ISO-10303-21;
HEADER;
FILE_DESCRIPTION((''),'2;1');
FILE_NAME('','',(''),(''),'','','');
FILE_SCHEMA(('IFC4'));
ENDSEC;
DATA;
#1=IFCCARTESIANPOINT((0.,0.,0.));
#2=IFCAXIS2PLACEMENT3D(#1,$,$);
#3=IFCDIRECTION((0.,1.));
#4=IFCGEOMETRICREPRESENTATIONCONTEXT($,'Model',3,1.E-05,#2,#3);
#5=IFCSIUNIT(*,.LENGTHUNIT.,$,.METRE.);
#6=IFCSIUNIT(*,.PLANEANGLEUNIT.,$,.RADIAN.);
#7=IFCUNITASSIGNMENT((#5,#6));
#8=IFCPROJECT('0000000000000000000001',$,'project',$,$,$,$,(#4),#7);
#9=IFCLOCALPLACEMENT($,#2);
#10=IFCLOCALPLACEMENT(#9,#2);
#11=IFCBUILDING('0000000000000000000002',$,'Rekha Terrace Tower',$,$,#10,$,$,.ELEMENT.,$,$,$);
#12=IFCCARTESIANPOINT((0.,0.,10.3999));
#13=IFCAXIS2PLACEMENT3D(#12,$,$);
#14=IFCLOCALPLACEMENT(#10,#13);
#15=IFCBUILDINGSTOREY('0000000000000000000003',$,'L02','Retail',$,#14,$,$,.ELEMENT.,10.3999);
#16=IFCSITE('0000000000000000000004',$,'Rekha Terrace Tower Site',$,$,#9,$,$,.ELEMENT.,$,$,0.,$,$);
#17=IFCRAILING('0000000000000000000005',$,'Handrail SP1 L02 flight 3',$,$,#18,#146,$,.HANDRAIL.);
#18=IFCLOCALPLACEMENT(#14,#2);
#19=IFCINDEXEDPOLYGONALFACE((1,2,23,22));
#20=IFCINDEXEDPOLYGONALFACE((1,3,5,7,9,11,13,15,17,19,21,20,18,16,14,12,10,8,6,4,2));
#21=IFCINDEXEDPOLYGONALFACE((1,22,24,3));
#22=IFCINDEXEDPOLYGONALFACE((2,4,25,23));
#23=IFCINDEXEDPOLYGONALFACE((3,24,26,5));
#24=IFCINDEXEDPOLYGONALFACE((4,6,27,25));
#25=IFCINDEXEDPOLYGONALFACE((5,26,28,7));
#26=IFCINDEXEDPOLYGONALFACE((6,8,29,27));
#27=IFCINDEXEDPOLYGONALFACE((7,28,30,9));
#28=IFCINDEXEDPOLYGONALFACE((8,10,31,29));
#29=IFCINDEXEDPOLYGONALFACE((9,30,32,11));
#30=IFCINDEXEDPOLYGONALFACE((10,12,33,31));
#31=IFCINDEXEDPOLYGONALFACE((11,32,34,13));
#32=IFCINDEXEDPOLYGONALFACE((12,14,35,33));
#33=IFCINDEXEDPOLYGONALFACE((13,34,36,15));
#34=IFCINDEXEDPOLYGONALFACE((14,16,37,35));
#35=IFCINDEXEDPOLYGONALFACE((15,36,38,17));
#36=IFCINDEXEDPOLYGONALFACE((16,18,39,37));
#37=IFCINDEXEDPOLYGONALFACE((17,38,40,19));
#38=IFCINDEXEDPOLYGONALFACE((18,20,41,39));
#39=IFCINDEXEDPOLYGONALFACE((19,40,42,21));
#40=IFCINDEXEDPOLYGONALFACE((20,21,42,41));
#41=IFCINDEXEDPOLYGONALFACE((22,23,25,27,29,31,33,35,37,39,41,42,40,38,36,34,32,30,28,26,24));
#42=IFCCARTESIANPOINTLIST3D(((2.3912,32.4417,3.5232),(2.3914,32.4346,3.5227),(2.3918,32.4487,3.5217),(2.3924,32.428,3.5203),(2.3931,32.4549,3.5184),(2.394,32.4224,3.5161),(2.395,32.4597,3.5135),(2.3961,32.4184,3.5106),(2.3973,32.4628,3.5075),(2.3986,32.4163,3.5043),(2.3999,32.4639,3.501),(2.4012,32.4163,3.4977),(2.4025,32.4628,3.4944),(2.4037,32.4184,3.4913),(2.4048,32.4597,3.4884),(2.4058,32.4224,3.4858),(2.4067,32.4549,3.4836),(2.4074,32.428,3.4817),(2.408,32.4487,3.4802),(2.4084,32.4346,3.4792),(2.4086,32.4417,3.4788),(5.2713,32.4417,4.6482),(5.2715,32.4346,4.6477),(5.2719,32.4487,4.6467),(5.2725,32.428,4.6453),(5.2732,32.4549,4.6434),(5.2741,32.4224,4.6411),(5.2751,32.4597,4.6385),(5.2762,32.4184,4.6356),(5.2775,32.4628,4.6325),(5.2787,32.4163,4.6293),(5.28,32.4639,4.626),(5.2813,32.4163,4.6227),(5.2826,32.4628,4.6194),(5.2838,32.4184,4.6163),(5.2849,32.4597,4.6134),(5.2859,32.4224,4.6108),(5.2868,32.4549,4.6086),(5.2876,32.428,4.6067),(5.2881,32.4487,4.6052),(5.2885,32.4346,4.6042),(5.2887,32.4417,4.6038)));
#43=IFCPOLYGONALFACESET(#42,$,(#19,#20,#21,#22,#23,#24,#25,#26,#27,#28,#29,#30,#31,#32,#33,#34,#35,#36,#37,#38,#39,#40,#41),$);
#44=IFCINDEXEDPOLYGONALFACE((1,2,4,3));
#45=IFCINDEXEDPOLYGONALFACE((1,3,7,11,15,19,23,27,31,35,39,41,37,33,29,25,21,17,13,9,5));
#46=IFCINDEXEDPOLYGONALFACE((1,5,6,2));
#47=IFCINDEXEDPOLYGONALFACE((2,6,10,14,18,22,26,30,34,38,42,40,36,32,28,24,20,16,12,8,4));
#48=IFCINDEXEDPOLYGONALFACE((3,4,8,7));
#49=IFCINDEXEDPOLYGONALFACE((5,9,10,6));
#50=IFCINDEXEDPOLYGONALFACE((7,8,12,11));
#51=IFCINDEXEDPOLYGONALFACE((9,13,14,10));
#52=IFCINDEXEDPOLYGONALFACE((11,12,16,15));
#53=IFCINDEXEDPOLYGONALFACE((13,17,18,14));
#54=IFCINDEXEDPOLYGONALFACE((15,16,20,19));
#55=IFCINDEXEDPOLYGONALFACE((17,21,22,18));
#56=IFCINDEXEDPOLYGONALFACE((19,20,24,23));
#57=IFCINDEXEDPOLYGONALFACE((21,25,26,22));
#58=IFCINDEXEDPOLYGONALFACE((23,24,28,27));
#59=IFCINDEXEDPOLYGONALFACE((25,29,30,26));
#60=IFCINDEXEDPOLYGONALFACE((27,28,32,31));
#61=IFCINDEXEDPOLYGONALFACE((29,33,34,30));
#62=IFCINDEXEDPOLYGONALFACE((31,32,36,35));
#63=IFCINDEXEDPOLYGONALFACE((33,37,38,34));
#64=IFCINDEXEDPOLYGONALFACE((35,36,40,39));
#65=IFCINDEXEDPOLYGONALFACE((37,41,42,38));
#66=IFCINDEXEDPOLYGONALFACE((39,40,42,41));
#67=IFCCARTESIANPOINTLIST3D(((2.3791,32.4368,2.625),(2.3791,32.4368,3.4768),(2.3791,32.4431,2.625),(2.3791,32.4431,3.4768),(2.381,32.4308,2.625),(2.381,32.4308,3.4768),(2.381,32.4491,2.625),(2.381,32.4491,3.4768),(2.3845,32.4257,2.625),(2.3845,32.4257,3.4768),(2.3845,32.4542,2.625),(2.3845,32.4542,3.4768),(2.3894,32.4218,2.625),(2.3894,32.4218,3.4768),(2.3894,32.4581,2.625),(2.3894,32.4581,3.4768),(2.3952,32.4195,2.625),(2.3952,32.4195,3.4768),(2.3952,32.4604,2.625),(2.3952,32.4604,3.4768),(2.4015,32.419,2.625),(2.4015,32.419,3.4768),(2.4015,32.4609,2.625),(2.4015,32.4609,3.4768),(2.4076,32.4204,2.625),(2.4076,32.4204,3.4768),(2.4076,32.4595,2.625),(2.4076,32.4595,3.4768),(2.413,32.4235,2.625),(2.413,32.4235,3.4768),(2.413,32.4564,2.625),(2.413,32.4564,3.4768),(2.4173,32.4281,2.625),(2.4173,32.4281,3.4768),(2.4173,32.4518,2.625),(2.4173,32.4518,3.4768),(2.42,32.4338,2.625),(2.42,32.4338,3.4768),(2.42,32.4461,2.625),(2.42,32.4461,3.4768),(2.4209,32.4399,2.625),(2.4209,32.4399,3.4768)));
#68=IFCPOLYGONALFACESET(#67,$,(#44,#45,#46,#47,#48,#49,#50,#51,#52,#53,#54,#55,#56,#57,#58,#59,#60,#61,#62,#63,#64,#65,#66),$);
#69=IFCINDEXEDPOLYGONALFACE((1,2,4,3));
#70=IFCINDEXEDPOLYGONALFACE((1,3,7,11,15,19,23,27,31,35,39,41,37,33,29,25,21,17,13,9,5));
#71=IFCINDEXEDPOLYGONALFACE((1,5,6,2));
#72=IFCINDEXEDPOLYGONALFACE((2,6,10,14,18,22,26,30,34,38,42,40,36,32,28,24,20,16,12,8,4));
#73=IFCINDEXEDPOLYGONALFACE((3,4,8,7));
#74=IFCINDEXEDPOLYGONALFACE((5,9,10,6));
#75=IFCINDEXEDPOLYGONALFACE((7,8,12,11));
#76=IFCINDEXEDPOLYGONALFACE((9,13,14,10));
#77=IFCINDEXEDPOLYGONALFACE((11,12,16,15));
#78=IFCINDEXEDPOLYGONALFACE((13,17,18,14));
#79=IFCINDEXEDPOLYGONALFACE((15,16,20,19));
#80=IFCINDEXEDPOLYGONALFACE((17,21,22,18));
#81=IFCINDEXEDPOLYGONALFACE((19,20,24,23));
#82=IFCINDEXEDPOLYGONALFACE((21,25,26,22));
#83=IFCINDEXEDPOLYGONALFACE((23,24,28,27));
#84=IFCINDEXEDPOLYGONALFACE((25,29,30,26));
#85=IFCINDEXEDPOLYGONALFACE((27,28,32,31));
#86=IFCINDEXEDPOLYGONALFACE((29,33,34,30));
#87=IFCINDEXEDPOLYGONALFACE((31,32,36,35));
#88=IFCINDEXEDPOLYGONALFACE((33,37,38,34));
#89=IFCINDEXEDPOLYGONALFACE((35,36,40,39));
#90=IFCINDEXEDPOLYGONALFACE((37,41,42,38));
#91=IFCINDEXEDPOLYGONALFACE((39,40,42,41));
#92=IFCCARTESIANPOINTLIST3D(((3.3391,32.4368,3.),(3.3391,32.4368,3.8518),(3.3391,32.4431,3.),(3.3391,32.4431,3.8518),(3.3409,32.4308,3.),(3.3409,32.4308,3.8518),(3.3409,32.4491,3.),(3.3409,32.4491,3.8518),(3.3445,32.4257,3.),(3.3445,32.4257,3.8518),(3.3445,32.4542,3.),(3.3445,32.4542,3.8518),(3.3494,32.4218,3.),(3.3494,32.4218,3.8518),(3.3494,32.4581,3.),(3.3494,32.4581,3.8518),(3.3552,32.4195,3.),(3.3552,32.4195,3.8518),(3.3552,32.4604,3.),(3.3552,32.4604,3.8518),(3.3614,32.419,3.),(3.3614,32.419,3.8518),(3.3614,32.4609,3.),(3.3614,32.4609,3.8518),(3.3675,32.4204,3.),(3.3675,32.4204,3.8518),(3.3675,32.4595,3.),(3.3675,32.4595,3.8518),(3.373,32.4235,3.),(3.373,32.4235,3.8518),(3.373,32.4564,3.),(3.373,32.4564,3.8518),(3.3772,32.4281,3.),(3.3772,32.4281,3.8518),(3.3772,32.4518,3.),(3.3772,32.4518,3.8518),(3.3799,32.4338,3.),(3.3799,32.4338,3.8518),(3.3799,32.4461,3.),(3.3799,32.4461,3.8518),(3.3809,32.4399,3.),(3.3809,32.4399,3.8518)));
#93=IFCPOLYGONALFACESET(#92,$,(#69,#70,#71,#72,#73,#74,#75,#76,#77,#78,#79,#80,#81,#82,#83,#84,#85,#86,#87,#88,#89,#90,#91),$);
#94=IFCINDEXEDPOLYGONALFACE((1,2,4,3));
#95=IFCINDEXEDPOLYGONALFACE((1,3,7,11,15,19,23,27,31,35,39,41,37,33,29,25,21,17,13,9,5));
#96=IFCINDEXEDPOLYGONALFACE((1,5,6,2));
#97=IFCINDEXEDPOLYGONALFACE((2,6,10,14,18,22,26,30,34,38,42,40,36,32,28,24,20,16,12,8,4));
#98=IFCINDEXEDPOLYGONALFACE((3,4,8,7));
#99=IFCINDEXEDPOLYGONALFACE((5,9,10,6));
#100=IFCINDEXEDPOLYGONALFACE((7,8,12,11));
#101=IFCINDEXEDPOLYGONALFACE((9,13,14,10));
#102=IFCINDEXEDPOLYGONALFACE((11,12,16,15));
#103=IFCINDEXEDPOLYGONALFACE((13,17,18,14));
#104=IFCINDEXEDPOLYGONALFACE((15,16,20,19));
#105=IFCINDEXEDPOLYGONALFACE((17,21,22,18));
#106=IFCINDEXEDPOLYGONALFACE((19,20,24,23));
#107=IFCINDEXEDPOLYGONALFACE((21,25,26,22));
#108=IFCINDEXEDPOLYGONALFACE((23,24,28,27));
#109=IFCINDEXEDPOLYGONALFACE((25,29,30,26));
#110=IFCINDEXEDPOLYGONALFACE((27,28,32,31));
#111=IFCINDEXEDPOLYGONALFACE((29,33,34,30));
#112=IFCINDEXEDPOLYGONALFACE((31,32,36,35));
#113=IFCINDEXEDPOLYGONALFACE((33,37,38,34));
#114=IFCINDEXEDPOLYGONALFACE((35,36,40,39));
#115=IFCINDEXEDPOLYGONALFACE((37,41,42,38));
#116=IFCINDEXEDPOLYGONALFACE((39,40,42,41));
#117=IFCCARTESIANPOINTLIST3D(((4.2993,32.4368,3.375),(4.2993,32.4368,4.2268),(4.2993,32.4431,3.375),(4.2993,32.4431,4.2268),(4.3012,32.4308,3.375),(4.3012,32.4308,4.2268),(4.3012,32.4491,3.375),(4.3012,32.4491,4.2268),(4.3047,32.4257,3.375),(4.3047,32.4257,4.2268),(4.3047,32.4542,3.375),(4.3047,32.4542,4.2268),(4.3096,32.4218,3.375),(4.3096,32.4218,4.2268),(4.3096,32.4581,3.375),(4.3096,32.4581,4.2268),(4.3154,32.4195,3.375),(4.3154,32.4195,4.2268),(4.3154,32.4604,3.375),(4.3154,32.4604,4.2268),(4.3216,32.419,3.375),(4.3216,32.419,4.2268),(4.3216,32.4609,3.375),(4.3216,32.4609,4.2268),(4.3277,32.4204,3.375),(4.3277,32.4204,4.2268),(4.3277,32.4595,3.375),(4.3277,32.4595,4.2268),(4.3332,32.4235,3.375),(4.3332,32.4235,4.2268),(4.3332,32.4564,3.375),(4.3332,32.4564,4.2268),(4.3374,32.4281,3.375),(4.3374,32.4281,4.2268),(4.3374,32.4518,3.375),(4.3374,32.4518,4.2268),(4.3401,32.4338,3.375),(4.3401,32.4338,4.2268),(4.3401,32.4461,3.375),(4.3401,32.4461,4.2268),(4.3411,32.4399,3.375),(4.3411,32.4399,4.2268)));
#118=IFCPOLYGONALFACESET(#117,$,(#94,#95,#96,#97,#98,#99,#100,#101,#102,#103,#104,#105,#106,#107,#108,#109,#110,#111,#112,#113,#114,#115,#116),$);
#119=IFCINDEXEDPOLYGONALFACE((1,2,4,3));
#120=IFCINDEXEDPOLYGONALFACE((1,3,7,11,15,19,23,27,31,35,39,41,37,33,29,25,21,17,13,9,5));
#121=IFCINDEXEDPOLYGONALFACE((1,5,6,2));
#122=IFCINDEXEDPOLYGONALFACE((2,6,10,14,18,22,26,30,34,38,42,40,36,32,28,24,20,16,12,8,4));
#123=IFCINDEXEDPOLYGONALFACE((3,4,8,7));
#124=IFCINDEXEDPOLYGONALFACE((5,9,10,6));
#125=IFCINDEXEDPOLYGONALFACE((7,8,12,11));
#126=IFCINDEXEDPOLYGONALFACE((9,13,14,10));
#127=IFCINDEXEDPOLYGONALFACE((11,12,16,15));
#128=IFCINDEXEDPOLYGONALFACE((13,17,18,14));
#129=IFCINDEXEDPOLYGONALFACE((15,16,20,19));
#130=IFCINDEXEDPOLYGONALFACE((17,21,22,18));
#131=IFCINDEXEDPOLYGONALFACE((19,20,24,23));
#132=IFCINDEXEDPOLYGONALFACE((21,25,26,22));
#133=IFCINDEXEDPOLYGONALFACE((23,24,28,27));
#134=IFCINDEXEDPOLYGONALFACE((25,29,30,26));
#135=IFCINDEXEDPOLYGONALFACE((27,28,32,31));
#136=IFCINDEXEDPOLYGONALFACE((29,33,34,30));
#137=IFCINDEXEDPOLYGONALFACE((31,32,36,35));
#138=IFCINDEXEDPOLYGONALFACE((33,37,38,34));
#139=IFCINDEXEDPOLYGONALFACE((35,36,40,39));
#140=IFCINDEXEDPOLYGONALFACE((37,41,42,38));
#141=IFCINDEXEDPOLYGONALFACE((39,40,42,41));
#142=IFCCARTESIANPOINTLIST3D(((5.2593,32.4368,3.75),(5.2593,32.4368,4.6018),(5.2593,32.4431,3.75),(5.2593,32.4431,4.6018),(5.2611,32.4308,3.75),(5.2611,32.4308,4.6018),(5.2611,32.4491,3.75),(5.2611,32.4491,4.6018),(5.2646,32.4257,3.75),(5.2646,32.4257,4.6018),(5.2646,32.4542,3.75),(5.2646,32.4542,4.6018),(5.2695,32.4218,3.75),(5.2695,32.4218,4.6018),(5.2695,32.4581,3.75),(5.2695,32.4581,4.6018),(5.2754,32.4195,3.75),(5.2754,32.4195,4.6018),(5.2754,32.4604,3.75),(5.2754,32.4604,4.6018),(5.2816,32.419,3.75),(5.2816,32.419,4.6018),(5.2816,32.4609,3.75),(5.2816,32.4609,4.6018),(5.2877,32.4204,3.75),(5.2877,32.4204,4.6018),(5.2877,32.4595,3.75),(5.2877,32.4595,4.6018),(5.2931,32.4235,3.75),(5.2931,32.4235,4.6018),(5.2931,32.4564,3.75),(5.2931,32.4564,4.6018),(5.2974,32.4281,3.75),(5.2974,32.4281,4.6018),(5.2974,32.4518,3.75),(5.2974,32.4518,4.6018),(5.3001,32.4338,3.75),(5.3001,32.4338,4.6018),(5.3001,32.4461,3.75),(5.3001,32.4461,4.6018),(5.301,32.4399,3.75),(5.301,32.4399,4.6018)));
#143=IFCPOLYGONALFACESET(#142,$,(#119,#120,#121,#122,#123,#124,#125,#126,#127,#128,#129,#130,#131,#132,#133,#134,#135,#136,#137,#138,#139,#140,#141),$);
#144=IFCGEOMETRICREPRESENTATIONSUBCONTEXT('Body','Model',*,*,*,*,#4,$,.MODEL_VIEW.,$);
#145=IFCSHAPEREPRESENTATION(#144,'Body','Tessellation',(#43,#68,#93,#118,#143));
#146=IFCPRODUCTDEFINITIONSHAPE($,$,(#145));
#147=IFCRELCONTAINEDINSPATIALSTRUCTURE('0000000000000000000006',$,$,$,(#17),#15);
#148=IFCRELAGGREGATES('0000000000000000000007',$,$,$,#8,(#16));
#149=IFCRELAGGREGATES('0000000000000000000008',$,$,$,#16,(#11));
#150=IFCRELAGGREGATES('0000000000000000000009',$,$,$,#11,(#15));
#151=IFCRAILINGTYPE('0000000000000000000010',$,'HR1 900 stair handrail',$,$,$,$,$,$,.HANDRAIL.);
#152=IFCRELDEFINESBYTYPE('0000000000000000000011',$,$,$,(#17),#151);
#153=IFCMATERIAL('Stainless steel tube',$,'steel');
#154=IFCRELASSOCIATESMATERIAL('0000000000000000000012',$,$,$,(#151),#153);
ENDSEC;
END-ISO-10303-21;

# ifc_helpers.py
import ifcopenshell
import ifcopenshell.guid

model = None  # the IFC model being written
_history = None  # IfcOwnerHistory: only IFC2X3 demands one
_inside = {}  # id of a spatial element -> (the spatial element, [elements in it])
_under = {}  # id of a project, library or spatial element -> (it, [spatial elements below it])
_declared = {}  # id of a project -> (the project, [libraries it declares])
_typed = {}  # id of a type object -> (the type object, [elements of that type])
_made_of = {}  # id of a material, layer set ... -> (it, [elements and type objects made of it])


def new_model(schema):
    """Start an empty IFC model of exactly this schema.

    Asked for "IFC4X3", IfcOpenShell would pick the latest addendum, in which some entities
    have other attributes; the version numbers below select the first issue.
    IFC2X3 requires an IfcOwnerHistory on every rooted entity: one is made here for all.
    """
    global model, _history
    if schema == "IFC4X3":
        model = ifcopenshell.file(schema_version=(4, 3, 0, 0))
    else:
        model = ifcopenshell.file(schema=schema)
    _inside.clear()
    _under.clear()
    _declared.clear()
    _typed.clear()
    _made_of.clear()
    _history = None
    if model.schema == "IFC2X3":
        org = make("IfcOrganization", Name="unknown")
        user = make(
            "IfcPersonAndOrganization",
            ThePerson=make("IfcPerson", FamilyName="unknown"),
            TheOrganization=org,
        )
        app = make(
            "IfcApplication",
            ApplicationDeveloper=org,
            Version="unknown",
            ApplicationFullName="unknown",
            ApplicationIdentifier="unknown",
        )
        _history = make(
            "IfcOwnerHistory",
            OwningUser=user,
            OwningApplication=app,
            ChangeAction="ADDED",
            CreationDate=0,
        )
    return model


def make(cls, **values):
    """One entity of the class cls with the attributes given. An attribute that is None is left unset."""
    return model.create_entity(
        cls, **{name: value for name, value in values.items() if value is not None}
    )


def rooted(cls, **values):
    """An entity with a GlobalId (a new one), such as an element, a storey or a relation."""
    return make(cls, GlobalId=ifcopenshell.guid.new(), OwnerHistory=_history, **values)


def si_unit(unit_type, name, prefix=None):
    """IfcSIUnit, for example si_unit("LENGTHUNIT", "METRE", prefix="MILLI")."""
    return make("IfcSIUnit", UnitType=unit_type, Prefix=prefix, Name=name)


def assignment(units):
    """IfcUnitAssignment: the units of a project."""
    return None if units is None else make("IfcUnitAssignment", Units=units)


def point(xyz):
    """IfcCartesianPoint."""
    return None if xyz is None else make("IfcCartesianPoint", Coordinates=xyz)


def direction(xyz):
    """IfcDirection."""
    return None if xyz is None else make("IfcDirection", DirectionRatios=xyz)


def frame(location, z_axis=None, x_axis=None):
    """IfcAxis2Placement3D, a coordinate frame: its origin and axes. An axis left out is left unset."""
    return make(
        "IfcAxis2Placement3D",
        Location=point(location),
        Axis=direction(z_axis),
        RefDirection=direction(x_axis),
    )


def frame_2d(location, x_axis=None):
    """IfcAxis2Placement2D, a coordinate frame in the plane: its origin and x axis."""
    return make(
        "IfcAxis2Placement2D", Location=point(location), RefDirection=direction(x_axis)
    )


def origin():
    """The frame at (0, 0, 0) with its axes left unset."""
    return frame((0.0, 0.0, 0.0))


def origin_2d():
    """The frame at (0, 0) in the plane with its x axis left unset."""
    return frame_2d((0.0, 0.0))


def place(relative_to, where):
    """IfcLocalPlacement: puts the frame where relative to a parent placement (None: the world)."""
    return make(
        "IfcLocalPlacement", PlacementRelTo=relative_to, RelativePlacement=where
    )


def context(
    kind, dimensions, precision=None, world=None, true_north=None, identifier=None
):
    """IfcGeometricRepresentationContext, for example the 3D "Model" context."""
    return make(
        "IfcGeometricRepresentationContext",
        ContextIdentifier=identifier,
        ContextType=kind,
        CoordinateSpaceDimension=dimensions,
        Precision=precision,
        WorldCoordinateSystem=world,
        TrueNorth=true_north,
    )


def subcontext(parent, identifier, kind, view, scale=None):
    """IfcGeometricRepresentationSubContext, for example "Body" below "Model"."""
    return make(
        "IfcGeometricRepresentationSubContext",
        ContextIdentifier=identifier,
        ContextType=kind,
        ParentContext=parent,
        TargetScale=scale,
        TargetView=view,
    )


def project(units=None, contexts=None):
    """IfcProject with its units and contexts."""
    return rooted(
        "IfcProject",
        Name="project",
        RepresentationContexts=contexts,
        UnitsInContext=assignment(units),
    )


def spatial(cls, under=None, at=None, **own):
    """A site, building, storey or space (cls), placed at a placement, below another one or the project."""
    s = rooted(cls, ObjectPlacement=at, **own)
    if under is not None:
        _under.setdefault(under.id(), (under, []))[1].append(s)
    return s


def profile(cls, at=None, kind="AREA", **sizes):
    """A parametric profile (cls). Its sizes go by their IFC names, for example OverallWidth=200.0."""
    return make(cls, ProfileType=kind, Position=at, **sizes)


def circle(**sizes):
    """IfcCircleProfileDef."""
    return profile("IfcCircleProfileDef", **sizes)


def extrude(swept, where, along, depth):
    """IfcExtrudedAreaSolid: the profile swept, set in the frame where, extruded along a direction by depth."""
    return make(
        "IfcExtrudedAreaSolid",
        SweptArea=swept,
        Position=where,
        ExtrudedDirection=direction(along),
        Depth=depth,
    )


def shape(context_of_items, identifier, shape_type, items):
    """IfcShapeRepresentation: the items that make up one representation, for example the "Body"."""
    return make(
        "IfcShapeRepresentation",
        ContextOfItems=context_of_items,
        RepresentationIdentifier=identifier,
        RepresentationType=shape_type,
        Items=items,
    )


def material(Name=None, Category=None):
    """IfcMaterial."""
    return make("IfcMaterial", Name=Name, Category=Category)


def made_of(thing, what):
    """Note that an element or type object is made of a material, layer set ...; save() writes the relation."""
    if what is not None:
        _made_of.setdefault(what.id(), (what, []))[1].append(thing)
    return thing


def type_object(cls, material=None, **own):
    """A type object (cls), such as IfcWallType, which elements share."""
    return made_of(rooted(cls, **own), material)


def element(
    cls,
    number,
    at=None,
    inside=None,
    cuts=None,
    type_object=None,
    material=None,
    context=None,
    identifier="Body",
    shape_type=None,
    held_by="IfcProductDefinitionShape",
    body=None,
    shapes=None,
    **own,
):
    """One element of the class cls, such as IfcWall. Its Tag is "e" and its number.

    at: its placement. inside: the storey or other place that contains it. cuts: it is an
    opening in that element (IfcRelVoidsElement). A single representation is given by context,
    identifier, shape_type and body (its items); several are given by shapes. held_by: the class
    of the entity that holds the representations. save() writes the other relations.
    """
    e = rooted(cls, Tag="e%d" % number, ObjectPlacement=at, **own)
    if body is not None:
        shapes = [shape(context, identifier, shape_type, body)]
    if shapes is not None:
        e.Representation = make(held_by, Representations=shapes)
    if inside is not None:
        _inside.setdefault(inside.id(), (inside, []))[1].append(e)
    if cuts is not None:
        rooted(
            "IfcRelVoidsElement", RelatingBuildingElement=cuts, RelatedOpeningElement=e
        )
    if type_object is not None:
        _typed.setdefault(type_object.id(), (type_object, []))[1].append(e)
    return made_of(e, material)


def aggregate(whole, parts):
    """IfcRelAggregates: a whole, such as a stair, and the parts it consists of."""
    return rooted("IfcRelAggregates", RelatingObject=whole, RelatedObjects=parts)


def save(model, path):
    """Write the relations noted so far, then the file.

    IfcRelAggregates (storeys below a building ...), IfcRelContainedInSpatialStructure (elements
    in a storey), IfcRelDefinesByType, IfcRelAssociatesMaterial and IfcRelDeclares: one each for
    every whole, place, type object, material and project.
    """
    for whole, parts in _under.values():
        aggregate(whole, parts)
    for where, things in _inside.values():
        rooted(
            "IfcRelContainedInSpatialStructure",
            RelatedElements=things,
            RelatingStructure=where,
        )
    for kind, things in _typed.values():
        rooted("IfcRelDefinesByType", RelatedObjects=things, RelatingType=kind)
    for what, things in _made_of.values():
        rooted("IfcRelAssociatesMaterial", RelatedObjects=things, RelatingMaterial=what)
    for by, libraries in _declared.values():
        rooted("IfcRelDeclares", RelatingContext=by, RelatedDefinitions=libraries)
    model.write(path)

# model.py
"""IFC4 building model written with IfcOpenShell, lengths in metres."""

from ifc_helpers import new_model, si_unit, direction, frame, origin, origin_2d, place, context, subcontext, project, spatial, circle, extrude, material, type_object, element, save


model = new_model("IFC4")

# Units and contexts
model_context = context("Model", 3, precision=1e-05, world=origin(), true_north=direction((0.0, 1.0)))
body_context = subcontext(model_context, "Body", "Model", "MODEL_VIEW")
ifc_project = project(units=[si_unit("LENGTHUNIT", "METRE"), si_unit("PLANEANGLEUNIT", "RADIAN")], contexts=[model_context])

# Site, building, storey
site_placement = place(None, origin())
site = spatial("IfcSite", under=ifc_project, at=site_placement, Name="Rekha Terrace Tower Site", CompositionType="ELEMENT", RefElevation=0.0)
building_placement = place(site_placement, origin())
building = spatial("IfcBuilding", under=site, at=building_placement, Name="Rekha Terrace Tower", CompositionType="ELEMENT")
storey_placement = place(building_placement, frame((0.0, 0.0, 10.3999)))
storey = spatial("IfcBuildingStorey", under=building, at=storey_placement, Name="L02", Description="Retail", CompositionType="ELEMENT", Elevation=10.3999)

# Railing
ifc_material_1 = material(Name="Stainless steel tube", Category="steel")
railing_type_1 = type_object("IfcRailingType", Name="HR1 900 stair handrail", PredefinedType="HANDRAIL", material=ifc_material_1)
railing_1_placement = place(storey_placement, frame((2.3999, 32.4399, 2.625)))
element("IfcRailing", 1, at=railing_1_placement, inside=storey, type_object=railing_type_1, Name="Handrail SP1 L02 flight 3", PredefinedType="HANDRAIL", context=body_context, shape_type="SweptSolid", body=[
    extrude(circle(Radius=0.0239, at=origin_2d()), frame((0.0, 0.0, 0.876), z_axis=(0.931463, 0.0, 0.363837), x_axis=(0.0, 1.0, 0.0)), (0.0, 0.0, 1.0), 3.092),
    extrude(circle(Radius=0.021, at=origin_2d()), origin(), (0.0, 0.0, 1.0), 0.8518),
    extrude(circle(Radius=0.021, at=origin_2d()), frame((0.96, 0.0, 0.375)), (0.0, 0.0, 1.0), 0.8518),
    extrude(circle(Radius=0.021, at=origin_2d()), frame((1.9202, 0.0, 0.75)), (0.0, 0.0, 1.0), 0.8518),
    extrude(circle(Radius=0.021, at=origin_2d()), frame((2.8801, 0.0, 1.125)), (0.0, 0.0, 1.0), 0.8518),
])

save(model, "model.ifc")
